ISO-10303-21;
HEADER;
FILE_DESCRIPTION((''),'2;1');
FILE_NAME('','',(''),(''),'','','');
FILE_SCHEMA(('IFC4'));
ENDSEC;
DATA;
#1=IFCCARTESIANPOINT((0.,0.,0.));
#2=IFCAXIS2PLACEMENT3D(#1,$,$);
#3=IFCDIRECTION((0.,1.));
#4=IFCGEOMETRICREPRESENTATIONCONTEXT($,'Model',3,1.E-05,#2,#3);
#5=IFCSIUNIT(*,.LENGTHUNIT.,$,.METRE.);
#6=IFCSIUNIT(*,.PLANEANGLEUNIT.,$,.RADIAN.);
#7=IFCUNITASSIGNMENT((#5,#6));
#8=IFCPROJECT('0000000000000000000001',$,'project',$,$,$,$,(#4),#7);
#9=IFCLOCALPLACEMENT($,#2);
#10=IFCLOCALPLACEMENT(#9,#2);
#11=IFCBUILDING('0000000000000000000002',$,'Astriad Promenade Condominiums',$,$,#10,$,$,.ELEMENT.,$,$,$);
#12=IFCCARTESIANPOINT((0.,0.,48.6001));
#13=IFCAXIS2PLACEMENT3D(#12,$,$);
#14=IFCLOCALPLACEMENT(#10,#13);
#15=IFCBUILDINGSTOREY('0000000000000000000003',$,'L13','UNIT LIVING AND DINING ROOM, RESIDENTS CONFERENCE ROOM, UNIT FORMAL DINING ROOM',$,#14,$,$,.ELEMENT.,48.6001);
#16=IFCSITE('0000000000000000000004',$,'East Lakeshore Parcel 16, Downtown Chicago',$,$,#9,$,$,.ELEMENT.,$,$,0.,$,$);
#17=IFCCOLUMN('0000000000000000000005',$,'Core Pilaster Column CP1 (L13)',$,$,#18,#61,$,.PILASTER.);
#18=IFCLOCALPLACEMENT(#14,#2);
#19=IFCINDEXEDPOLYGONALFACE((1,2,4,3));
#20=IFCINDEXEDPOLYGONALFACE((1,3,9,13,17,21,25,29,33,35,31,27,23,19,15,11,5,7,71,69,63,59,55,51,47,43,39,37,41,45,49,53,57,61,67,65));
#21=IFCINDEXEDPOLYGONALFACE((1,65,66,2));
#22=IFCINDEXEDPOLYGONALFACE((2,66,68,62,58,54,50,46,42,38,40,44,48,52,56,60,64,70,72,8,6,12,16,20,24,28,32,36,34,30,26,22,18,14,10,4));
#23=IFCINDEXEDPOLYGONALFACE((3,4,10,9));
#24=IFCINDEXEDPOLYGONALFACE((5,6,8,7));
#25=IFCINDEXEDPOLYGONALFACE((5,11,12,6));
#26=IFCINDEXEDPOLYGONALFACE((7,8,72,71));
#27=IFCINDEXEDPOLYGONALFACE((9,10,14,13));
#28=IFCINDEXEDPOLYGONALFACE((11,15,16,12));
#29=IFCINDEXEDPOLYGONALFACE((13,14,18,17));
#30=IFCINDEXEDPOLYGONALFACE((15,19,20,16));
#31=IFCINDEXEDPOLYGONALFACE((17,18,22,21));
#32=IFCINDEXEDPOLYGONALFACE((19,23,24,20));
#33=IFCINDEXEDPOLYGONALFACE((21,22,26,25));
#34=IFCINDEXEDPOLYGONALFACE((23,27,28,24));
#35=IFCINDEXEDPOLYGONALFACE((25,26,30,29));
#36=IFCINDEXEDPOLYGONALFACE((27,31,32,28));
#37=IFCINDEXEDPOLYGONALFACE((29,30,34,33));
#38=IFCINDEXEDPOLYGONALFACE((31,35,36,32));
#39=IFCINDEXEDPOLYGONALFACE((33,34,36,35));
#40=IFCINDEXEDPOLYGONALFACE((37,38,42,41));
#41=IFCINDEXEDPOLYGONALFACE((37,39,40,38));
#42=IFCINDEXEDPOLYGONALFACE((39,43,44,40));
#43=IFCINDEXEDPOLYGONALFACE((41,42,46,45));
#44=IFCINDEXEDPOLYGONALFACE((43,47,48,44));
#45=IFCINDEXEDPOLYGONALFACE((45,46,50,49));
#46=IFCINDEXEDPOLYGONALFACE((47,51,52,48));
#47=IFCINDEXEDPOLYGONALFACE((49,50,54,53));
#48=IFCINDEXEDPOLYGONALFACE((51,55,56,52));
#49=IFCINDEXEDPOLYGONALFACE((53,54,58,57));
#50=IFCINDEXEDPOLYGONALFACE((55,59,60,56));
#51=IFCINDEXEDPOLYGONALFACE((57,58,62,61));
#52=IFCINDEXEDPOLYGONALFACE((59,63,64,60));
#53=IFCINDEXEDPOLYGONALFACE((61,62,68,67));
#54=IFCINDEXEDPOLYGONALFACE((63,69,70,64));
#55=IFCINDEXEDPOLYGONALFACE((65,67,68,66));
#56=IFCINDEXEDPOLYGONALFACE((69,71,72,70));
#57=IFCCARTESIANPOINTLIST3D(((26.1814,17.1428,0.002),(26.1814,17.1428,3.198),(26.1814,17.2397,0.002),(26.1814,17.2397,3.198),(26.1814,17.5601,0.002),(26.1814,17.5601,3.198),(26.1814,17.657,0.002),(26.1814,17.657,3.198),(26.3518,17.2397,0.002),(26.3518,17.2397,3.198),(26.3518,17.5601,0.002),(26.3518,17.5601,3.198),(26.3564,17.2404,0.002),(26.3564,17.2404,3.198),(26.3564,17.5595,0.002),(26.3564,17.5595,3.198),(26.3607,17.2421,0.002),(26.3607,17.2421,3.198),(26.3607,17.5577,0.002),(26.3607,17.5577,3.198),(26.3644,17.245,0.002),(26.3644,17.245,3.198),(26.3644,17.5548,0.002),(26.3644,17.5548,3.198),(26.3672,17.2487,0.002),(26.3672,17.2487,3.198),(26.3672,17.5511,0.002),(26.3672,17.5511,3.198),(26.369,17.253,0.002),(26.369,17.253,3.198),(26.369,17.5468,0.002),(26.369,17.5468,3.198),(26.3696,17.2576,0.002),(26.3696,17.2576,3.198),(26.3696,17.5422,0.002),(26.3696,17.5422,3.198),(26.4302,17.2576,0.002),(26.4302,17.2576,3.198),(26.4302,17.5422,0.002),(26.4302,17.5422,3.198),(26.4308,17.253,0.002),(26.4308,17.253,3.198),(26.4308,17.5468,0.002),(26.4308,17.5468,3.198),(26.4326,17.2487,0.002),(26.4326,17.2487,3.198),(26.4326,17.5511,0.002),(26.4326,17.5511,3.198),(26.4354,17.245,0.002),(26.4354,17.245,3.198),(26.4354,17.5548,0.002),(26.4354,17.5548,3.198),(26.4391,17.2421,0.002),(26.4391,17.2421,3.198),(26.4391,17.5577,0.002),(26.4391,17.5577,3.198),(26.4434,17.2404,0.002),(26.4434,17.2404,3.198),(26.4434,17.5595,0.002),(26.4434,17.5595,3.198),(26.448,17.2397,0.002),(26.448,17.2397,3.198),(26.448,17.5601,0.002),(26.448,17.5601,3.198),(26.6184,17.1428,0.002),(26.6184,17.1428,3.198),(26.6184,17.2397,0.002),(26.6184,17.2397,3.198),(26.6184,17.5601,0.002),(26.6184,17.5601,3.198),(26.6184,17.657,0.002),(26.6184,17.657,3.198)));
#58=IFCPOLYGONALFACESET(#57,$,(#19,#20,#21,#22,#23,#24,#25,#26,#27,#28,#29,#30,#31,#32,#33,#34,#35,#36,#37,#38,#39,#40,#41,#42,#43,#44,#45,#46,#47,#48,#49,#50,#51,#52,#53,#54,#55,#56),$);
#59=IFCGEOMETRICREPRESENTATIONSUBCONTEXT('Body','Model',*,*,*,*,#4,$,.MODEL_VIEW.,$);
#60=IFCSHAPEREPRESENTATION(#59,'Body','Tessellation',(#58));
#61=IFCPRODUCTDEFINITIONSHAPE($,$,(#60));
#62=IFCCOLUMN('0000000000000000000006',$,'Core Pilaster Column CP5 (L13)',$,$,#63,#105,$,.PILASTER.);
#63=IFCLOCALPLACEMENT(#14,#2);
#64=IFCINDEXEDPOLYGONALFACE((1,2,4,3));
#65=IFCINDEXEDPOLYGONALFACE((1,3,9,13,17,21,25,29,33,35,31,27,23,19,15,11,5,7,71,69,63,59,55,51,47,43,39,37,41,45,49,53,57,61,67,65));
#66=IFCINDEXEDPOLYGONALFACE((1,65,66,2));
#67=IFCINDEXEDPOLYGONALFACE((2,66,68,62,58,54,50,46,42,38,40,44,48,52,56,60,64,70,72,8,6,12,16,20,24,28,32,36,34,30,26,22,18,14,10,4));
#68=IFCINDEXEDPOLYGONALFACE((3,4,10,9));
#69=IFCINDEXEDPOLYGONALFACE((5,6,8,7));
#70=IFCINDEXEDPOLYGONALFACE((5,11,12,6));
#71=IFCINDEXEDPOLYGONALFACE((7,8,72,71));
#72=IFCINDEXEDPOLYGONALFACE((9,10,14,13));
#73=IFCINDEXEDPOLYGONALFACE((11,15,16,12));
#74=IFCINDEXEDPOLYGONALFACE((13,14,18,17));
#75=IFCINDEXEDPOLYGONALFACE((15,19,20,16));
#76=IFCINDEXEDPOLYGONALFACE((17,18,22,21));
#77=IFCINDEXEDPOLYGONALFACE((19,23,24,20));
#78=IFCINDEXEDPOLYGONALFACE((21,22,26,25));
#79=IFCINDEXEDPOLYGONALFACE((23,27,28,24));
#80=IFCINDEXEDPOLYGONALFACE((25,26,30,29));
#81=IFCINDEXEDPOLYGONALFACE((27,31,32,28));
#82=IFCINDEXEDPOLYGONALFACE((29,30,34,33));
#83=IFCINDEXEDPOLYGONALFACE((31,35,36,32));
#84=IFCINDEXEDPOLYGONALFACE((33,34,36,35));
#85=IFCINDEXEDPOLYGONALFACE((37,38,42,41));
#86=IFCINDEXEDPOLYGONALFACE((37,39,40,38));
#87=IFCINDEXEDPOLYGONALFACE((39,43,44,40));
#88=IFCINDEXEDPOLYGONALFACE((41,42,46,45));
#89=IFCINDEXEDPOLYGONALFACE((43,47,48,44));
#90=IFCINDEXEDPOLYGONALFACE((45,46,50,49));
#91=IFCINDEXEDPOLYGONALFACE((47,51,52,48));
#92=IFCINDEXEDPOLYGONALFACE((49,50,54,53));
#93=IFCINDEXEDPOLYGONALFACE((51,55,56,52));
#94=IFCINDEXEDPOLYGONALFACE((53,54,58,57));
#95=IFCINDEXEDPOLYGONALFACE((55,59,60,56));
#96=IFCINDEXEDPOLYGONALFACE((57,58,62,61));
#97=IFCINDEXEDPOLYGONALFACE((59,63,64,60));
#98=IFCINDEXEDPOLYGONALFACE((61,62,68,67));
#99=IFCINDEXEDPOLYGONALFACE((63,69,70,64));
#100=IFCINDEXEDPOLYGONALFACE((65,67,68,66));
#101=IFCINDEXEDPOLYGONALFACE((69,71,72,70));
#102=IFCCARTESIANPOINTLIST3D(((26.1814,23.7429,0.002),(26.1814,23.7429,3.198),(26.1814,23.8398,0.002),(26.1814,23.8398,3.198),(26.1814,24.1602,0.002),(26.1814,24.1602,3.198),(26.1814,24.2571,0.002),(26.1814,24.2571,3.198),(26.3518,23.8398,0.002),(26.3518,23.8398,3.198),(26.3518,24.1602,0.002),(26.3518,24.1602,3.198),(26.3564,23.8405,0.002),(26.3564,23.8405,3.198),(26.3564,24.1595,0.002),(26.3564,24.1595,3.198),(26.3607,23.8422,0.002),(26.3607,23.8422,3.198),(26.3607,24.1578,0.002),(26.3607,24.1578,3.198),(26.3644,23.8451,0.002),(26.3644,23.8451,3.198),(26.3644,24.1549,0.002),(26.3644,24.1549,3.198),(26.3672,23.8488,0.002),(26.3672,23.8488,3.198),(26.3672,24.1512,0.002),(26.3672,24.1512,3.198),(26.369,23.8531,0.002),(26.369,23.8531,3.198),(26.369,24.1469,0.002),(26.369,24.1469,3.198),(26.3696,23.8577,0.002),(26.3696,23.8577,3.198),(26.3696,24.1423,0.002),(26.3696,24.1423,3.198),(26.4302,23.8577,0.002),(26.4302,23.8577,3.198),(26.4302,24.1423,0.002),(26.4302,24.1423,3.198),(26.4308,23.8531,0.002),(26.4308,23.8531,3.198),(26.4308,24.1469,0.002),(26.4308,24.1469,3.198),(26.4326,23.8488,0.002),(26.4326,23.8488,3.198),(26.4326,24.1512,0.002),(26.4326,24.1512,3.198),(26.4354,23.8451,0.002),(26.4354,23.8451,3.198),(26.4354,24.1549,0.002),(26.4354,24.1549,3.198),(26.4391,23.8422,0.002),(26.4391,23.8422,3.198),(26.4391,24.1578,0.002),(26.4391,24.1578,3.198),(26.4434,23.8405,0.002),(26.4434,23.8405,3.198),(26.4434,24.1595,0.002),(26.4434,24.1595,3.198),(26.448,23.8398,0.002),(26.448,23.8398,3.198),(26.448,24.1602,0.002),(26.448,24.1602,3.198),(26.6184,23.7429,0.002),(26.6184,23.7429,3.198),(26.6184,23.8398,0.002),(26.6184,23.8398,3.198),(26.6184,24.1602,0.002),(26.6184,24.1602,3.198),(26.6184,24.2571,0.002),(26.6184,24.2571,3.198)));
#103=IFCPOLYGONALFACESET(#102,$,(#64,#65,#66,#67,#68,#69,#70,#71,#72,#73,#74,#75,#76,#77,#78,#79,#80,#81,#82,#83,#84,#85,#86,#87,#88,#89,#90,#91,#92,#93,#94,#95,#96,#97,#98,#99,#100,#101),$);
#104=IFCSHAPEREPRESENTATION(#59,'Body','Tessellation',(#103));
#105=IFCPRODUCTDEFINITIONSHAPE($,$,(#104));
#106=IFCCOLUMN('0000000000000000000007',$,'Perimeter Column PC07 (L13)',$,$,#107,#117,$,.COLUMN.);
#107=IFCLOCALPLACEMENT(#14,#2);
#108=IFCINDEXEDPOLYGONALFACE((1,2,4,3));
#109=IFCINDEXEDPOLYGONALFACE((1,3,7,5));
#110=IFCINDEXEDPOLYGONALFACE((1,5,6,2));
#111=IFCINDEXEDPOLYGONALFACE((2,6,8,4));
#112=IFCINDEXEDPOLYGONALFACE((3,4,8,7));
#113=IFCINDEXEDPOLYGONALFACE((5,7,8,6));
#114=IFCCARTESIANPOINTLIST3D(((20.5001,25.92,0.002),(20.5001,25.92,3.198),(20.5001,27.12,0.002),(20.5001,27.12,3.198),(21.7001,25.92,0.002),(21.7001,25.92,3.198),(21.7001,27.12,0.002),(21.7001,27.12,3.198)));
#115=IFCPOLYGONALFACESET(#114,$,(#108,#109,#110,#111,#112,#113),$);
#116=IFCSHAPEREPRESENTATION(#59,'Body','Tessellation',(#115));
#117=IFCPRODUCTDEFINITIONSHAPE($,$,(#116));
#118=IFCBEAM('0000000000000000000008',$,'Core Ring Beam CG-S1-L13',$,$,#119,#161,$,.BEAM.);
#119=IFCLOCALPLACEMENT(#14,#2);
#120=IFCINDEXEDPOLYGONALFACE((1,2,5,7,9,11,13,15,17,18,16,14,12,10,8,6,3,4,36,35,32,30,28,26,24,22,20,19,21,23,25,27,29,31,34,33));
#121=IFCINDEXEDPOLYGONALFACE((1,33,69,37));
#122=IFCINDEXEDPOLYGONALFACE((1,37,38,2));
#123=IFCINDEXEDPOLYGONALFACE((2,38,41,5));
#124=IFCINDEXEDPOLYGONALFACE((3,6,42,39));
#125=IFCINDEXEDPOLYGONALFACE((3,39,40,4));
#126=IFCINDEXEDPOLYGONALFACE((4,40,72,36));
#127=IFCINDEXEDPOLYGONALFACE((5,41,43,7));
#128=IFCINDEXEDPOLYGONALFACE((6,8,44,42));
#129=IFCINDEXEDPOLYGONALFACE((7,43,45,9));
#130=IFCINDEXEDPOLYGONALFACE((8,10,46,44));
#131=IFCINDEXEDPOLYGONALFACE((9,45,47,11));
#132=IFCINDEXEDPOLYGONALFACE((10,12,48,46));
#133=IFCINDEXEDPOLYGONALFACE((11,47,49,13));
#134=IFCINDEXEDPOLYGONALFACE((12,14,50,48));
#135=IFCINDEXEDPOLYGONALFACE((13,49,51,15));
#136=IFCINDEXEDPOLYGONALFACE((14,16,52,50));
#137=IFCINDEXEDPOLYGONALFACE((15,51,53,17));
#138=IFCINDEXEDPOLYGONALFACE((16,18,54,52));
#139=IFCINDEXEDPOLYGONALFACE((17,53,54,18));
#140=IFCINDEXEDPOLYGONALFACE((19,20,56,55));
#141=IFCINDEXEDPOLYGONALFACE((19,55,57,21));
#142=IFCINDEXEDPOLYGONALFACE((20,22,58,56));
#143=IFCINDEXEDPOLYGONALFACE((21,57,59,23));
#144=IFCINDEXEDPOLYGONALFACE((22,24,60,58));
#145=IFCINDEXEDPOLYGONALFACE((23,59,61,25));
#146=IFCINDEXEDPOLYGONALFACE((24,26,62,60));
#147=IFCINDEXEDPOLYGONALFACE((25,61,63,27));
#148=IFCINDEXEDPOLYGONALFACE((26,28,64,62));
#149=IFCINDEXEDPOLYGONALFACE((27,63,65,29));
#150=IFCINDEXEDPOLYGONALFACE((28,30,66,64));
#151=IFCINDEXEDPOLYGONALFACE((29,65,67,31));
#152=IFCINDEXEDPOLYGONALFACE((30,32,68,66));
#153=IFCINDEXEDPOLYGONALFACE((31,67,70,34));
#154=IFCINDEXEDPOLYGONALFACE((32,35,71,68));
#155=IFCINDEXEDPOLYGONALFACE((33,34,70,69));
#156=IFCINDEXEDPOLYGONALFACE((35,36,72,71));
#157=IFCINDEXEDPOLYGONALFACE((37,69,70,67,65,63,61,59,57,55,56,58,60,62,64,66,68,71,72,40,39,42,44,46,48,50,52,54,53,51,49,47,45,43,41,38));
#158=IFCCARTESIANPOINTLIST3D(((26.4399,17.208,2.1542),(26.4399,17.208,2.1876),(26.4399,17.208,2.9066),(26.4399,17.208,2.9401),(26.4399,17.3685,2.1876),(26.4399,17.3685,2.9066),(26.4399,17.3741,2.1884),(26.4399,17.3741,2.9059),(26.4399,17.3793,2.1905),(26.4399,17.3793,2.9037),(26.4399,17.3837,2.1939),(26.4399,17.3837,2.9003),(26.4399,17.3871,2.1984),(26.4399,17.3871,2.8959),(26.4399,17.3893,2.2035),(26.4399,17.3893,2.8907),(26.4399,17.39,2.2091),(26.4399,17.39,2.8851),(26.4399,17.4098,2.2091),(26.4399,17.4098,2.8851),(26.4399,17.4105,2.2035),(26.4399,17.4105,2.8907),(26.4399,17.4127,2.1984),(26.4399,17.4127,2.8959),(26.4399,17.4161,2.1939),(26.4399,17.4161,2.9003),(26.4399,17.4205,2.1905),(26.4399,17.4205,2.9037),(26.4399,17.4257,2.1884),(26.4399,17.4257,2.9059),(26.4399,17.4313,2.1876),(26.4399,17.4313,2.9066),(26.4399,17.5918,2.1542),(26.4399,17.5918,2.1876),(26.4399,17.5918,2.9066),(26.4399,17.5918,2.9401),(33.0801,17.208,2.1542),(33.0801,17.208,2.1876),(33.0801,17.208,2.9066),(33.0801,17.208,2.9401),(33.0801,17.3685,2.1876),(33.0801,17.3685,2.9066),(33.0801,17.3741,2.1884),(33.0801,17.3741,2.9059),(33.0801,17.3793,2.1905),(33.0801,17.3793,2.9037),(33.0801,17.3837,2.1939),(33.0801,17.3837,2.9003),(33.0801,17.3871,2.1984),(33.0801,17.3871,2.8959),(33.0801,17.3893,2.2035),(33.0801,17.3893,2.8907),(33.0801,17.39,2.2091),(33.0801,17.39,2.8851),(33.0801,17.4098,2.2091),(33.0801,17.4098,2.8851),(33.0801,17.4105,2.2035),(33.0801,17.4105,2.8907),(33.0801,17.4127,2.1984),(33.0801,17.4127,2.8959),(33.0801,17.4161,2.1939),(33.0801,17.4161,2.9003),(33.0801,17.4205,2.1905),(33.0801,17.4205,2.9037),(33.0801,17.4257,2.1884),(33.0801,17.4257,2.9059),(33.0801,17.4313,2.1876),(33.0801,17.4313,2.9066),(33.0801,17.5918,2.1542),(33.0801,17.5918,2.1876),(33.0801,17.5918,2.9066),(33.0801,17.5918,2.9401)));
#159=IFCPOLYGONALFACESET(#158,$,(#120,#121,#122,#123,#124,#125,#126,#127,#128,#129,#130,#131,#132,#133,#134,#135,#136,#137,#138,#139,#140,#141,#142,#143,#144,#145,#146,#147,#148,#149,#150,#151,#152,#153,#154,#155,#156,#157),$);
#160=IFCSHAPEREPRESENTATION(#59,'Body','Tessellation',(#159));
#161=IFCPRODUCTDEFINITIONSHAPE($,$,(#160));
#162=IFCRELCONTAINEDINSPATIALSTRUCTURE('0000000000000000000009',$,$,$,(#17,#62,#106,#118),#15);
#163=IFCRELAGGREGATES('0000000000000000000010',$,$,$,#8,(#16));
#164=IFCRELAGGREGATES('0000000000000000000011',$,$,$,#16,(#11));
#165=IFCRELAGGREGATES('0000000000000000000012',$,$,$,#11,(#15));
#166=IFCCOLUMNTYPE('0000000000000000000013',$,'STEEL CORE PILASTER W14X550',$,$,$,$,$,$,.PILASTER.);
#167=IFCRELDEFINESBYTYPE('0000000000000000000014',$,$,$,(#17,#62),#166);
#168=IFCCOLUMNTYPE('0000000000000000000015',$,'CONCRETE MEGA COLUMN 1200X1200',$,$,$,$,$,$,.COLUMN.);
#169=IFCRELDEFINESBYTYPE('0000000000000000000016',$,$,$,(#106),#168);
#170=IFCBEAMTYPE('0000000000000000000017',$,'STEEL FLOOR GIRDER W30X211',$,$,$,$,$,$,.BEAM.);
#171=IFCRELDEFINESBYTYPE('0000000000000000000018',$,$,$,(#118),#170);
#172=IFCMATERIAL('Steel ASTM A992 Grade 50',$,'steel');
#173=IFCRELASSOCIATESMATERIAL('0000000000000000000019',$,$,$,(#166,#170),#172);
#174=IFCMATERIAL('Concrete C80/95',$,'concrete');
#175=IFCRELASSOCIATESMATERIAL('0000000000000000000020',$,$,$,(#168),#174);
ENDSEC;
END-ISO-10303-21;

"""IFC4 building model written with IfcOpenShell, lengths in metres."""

from ifc_helpers import new_model, si_unit, direction, frame, origin, origin_2d, place, context, subcontext, project, spatial, rectangle, i_section, extrude, source, transform, mapped, material, material_profile, profile_set, type_object, type_shapes, element, save


model = new_model("IFC4")

# Units and contexts
model_context = context("Model", 3, precision=1e-05, world=origin(), true_north=direction((0.0, 1.0)))
body_context = subcontext(model_context, "Body", "Model", "MODEL_VIEW")
ifc_project = project(units=[si_unit("LENGTHUNIT", "METRE"), si_unit("PLANEANGLEUNIT", "RADIAN")], contexts=[model_context])

# Site, building, storey
site_placement = place(None, origin())
site = spatial("IfcSite", under=ifc_project, at=site_placement, Name="East Lakeshore Parcel 16, Downtown Chicago", CompositionType="ELEMENT", RefElevation=0.0)
building_placement = place(site_placement, origin())
building = spatial("IfcBuilding", under=site, at=building_placement, Name="Astriad Promenade Condominiums", CompositionType="ELEMENT")
storey_placement = place(building_placement, frame((0.0, 0.0, 48.6001)))
storey = spatial("IfcBuildingStorey", under=building, at=storey_placement, Name="L13", Description="UNIT LIVING AND DINING ROOM, RESIDENTS CONFERENCE ROOM, UNIT FORMAL DINING ROOM", CompositionType="ELEMENT", Elevation=48.6001)

# Columns
ifc_material_1 = material(Name="Steel ASTM A992 Grade 50", Category="steel")
ifc_material_profile_1 = material_profile(ifc_material_1, i_section(OverallWidth=0.437, OverallDepth=0.5142, WebThickness=0.0605, FlangeThickness=0.0969, FilletRadius=0.0178, at=origin_2d()), Name="W14X550")
ifc_profile_set_1 = profile_set([ifc_material_profile_1], Name="Steel ASTM A992 Grade 50")
column_type_1 = type_object("IfcColumnType", Name="STEEL CORE PILASTER W14X550", PredefinedType="PILASTER", material=ifc_profile_set_1)
shared_shape_1 = source(origin(), body_context, "Body", "SweptSolid", [
    extrude(i_section(OverallWidth=0.437, OverallDepth=0.5142, WebThickness=0.0605, FlangeThickness=0.0969, FilletRadius=0.0178, at=origin_2d()), origin(), (0.0, 0.0, 1.0), 3.196),
])
type_shapes(column_type_1, [shared_shape_1])
for number, where, z_axis, x_axis, name in (
    (1, (26.3999, 17.3999, 0.002), (0.0, 0.0, 1.0), (1.0, 0.0, 0.0), "Core Pilaster Column CP1 (L13)"),
    (2, (26.3999, 24.0, 0.002), (0.0, 0.0, 1.0), (1.0, 0.0, 0.0), "Core Pilaster Column CP5 (L13)"),
):
    element("IfcColumn", number, at=place(storey_placement, frame(where, z_axis=z_axis, x_axis=x_axis)), inside=storey, type_object=column_type_1, Name=name, PredefinedType="PILASTER", context=body_context, shape_type="MappedRepresentation", body=[
        mapped(shared_shape_1, transform((0.0, 0.0, 0.0), scale=1.0)),
    ])
ifc_material_2 = material(Name="Concrete C80/95", Category="concrete")
ifc_material_profile_2 = material_profile(ifc_material_2, rectangle(XDim=1.2, YDim=1.2, at=origin_2d()), Name="RC-COL-1200X1200")
ifc_profile_set_2 = profile_set([ifc_material_profile_2], Name="Concrete C80/95")
column_type_2 = type_object("IfcColumnType", Name="CONCRETE MEGA COLUMN 1200X1200", PredefinedType="COLUMN", material=ifc_profile_set_2)
shared_shape_2 = source(origin(), body_context, "Body", "SweptSolid", [
    extrude(rectangle(XDim=1.2, YDim=1.2, at=origin_2d()), origin(), (0.0, 0.0, 1.0), 3.196),
])
type_shapes(column_type_2, [shared_shape_2])
column_placement = place(storey_placement, frame((21.1001, 26.52, 0.002), z_axis=(0.0, 0.0, 1.0), x_axis=(1.0, 0.0, 0.0)))
element("IfcColumn", 3, at=column_placement, inside=storey, type_object=column_type_2, Name="Perimeter Column PC07 (L13)", PredefinedType="COLUMN", context=body_context, shape_type="MappedRepresentation", body=[
    mapped(shared_shape_2, transform((0.0, 0.0, 0.0), scale=1.0)),
])

# Beam
ifc_material_profile_3 = material_profile(ifc_material_1, i_section(OverallWidth=0.3838, OverallDepth=0.7859, WebThickness=0.0198, FlangeThickness=0.0334, FilletRadius=0.0215, at=origin_2d()), Name="W30X211")
ifc_profile_set_3 = profile_set([ifc_material_profile_3], Name="Steel ASTM A992 Grade 50")
beam_type_1 = type_object("IfcBeamType", Name="STEEL FLOOR GIRDER W30X211", PredefinedType="BEAM", material=ifc_profile_set_3)
shared_shape_3 = source(origin(), body_context, "Body", "SweptSolid", [
    extrude(i_section(OverallWidth=0.3838, OverallDepth=0.7859, WebThickness=0.0198, FlangeThickness=0.0334, FilletRadius=0.0215, at=origin_2d()), origin(), (0.0, 0.0, 1.0), 6.6401),
])
type_shapes(beam_type_1, [shared_shape_3])
beam_1_placement = place(storey_placement, frame((26.4399, 17.3999, 2.5471), z_axis=(1.0, 0.0, 0.0), x_axis=(0.0, 1.0, 0.0)))
element("IfcBeam", 4, at=beam_1_placement, inside=storey, type_object=beam_type_1, Name="Core Ring Beam CG-S1-L13", PredefinedType="BEAM", context=body_context, shape_type="MappedRepresentation", body=[
    mapped(shared_shape_3, transform((0.0, 0.0, 0.0), scale=1.0)),
])

save(model, "model.ifc")
